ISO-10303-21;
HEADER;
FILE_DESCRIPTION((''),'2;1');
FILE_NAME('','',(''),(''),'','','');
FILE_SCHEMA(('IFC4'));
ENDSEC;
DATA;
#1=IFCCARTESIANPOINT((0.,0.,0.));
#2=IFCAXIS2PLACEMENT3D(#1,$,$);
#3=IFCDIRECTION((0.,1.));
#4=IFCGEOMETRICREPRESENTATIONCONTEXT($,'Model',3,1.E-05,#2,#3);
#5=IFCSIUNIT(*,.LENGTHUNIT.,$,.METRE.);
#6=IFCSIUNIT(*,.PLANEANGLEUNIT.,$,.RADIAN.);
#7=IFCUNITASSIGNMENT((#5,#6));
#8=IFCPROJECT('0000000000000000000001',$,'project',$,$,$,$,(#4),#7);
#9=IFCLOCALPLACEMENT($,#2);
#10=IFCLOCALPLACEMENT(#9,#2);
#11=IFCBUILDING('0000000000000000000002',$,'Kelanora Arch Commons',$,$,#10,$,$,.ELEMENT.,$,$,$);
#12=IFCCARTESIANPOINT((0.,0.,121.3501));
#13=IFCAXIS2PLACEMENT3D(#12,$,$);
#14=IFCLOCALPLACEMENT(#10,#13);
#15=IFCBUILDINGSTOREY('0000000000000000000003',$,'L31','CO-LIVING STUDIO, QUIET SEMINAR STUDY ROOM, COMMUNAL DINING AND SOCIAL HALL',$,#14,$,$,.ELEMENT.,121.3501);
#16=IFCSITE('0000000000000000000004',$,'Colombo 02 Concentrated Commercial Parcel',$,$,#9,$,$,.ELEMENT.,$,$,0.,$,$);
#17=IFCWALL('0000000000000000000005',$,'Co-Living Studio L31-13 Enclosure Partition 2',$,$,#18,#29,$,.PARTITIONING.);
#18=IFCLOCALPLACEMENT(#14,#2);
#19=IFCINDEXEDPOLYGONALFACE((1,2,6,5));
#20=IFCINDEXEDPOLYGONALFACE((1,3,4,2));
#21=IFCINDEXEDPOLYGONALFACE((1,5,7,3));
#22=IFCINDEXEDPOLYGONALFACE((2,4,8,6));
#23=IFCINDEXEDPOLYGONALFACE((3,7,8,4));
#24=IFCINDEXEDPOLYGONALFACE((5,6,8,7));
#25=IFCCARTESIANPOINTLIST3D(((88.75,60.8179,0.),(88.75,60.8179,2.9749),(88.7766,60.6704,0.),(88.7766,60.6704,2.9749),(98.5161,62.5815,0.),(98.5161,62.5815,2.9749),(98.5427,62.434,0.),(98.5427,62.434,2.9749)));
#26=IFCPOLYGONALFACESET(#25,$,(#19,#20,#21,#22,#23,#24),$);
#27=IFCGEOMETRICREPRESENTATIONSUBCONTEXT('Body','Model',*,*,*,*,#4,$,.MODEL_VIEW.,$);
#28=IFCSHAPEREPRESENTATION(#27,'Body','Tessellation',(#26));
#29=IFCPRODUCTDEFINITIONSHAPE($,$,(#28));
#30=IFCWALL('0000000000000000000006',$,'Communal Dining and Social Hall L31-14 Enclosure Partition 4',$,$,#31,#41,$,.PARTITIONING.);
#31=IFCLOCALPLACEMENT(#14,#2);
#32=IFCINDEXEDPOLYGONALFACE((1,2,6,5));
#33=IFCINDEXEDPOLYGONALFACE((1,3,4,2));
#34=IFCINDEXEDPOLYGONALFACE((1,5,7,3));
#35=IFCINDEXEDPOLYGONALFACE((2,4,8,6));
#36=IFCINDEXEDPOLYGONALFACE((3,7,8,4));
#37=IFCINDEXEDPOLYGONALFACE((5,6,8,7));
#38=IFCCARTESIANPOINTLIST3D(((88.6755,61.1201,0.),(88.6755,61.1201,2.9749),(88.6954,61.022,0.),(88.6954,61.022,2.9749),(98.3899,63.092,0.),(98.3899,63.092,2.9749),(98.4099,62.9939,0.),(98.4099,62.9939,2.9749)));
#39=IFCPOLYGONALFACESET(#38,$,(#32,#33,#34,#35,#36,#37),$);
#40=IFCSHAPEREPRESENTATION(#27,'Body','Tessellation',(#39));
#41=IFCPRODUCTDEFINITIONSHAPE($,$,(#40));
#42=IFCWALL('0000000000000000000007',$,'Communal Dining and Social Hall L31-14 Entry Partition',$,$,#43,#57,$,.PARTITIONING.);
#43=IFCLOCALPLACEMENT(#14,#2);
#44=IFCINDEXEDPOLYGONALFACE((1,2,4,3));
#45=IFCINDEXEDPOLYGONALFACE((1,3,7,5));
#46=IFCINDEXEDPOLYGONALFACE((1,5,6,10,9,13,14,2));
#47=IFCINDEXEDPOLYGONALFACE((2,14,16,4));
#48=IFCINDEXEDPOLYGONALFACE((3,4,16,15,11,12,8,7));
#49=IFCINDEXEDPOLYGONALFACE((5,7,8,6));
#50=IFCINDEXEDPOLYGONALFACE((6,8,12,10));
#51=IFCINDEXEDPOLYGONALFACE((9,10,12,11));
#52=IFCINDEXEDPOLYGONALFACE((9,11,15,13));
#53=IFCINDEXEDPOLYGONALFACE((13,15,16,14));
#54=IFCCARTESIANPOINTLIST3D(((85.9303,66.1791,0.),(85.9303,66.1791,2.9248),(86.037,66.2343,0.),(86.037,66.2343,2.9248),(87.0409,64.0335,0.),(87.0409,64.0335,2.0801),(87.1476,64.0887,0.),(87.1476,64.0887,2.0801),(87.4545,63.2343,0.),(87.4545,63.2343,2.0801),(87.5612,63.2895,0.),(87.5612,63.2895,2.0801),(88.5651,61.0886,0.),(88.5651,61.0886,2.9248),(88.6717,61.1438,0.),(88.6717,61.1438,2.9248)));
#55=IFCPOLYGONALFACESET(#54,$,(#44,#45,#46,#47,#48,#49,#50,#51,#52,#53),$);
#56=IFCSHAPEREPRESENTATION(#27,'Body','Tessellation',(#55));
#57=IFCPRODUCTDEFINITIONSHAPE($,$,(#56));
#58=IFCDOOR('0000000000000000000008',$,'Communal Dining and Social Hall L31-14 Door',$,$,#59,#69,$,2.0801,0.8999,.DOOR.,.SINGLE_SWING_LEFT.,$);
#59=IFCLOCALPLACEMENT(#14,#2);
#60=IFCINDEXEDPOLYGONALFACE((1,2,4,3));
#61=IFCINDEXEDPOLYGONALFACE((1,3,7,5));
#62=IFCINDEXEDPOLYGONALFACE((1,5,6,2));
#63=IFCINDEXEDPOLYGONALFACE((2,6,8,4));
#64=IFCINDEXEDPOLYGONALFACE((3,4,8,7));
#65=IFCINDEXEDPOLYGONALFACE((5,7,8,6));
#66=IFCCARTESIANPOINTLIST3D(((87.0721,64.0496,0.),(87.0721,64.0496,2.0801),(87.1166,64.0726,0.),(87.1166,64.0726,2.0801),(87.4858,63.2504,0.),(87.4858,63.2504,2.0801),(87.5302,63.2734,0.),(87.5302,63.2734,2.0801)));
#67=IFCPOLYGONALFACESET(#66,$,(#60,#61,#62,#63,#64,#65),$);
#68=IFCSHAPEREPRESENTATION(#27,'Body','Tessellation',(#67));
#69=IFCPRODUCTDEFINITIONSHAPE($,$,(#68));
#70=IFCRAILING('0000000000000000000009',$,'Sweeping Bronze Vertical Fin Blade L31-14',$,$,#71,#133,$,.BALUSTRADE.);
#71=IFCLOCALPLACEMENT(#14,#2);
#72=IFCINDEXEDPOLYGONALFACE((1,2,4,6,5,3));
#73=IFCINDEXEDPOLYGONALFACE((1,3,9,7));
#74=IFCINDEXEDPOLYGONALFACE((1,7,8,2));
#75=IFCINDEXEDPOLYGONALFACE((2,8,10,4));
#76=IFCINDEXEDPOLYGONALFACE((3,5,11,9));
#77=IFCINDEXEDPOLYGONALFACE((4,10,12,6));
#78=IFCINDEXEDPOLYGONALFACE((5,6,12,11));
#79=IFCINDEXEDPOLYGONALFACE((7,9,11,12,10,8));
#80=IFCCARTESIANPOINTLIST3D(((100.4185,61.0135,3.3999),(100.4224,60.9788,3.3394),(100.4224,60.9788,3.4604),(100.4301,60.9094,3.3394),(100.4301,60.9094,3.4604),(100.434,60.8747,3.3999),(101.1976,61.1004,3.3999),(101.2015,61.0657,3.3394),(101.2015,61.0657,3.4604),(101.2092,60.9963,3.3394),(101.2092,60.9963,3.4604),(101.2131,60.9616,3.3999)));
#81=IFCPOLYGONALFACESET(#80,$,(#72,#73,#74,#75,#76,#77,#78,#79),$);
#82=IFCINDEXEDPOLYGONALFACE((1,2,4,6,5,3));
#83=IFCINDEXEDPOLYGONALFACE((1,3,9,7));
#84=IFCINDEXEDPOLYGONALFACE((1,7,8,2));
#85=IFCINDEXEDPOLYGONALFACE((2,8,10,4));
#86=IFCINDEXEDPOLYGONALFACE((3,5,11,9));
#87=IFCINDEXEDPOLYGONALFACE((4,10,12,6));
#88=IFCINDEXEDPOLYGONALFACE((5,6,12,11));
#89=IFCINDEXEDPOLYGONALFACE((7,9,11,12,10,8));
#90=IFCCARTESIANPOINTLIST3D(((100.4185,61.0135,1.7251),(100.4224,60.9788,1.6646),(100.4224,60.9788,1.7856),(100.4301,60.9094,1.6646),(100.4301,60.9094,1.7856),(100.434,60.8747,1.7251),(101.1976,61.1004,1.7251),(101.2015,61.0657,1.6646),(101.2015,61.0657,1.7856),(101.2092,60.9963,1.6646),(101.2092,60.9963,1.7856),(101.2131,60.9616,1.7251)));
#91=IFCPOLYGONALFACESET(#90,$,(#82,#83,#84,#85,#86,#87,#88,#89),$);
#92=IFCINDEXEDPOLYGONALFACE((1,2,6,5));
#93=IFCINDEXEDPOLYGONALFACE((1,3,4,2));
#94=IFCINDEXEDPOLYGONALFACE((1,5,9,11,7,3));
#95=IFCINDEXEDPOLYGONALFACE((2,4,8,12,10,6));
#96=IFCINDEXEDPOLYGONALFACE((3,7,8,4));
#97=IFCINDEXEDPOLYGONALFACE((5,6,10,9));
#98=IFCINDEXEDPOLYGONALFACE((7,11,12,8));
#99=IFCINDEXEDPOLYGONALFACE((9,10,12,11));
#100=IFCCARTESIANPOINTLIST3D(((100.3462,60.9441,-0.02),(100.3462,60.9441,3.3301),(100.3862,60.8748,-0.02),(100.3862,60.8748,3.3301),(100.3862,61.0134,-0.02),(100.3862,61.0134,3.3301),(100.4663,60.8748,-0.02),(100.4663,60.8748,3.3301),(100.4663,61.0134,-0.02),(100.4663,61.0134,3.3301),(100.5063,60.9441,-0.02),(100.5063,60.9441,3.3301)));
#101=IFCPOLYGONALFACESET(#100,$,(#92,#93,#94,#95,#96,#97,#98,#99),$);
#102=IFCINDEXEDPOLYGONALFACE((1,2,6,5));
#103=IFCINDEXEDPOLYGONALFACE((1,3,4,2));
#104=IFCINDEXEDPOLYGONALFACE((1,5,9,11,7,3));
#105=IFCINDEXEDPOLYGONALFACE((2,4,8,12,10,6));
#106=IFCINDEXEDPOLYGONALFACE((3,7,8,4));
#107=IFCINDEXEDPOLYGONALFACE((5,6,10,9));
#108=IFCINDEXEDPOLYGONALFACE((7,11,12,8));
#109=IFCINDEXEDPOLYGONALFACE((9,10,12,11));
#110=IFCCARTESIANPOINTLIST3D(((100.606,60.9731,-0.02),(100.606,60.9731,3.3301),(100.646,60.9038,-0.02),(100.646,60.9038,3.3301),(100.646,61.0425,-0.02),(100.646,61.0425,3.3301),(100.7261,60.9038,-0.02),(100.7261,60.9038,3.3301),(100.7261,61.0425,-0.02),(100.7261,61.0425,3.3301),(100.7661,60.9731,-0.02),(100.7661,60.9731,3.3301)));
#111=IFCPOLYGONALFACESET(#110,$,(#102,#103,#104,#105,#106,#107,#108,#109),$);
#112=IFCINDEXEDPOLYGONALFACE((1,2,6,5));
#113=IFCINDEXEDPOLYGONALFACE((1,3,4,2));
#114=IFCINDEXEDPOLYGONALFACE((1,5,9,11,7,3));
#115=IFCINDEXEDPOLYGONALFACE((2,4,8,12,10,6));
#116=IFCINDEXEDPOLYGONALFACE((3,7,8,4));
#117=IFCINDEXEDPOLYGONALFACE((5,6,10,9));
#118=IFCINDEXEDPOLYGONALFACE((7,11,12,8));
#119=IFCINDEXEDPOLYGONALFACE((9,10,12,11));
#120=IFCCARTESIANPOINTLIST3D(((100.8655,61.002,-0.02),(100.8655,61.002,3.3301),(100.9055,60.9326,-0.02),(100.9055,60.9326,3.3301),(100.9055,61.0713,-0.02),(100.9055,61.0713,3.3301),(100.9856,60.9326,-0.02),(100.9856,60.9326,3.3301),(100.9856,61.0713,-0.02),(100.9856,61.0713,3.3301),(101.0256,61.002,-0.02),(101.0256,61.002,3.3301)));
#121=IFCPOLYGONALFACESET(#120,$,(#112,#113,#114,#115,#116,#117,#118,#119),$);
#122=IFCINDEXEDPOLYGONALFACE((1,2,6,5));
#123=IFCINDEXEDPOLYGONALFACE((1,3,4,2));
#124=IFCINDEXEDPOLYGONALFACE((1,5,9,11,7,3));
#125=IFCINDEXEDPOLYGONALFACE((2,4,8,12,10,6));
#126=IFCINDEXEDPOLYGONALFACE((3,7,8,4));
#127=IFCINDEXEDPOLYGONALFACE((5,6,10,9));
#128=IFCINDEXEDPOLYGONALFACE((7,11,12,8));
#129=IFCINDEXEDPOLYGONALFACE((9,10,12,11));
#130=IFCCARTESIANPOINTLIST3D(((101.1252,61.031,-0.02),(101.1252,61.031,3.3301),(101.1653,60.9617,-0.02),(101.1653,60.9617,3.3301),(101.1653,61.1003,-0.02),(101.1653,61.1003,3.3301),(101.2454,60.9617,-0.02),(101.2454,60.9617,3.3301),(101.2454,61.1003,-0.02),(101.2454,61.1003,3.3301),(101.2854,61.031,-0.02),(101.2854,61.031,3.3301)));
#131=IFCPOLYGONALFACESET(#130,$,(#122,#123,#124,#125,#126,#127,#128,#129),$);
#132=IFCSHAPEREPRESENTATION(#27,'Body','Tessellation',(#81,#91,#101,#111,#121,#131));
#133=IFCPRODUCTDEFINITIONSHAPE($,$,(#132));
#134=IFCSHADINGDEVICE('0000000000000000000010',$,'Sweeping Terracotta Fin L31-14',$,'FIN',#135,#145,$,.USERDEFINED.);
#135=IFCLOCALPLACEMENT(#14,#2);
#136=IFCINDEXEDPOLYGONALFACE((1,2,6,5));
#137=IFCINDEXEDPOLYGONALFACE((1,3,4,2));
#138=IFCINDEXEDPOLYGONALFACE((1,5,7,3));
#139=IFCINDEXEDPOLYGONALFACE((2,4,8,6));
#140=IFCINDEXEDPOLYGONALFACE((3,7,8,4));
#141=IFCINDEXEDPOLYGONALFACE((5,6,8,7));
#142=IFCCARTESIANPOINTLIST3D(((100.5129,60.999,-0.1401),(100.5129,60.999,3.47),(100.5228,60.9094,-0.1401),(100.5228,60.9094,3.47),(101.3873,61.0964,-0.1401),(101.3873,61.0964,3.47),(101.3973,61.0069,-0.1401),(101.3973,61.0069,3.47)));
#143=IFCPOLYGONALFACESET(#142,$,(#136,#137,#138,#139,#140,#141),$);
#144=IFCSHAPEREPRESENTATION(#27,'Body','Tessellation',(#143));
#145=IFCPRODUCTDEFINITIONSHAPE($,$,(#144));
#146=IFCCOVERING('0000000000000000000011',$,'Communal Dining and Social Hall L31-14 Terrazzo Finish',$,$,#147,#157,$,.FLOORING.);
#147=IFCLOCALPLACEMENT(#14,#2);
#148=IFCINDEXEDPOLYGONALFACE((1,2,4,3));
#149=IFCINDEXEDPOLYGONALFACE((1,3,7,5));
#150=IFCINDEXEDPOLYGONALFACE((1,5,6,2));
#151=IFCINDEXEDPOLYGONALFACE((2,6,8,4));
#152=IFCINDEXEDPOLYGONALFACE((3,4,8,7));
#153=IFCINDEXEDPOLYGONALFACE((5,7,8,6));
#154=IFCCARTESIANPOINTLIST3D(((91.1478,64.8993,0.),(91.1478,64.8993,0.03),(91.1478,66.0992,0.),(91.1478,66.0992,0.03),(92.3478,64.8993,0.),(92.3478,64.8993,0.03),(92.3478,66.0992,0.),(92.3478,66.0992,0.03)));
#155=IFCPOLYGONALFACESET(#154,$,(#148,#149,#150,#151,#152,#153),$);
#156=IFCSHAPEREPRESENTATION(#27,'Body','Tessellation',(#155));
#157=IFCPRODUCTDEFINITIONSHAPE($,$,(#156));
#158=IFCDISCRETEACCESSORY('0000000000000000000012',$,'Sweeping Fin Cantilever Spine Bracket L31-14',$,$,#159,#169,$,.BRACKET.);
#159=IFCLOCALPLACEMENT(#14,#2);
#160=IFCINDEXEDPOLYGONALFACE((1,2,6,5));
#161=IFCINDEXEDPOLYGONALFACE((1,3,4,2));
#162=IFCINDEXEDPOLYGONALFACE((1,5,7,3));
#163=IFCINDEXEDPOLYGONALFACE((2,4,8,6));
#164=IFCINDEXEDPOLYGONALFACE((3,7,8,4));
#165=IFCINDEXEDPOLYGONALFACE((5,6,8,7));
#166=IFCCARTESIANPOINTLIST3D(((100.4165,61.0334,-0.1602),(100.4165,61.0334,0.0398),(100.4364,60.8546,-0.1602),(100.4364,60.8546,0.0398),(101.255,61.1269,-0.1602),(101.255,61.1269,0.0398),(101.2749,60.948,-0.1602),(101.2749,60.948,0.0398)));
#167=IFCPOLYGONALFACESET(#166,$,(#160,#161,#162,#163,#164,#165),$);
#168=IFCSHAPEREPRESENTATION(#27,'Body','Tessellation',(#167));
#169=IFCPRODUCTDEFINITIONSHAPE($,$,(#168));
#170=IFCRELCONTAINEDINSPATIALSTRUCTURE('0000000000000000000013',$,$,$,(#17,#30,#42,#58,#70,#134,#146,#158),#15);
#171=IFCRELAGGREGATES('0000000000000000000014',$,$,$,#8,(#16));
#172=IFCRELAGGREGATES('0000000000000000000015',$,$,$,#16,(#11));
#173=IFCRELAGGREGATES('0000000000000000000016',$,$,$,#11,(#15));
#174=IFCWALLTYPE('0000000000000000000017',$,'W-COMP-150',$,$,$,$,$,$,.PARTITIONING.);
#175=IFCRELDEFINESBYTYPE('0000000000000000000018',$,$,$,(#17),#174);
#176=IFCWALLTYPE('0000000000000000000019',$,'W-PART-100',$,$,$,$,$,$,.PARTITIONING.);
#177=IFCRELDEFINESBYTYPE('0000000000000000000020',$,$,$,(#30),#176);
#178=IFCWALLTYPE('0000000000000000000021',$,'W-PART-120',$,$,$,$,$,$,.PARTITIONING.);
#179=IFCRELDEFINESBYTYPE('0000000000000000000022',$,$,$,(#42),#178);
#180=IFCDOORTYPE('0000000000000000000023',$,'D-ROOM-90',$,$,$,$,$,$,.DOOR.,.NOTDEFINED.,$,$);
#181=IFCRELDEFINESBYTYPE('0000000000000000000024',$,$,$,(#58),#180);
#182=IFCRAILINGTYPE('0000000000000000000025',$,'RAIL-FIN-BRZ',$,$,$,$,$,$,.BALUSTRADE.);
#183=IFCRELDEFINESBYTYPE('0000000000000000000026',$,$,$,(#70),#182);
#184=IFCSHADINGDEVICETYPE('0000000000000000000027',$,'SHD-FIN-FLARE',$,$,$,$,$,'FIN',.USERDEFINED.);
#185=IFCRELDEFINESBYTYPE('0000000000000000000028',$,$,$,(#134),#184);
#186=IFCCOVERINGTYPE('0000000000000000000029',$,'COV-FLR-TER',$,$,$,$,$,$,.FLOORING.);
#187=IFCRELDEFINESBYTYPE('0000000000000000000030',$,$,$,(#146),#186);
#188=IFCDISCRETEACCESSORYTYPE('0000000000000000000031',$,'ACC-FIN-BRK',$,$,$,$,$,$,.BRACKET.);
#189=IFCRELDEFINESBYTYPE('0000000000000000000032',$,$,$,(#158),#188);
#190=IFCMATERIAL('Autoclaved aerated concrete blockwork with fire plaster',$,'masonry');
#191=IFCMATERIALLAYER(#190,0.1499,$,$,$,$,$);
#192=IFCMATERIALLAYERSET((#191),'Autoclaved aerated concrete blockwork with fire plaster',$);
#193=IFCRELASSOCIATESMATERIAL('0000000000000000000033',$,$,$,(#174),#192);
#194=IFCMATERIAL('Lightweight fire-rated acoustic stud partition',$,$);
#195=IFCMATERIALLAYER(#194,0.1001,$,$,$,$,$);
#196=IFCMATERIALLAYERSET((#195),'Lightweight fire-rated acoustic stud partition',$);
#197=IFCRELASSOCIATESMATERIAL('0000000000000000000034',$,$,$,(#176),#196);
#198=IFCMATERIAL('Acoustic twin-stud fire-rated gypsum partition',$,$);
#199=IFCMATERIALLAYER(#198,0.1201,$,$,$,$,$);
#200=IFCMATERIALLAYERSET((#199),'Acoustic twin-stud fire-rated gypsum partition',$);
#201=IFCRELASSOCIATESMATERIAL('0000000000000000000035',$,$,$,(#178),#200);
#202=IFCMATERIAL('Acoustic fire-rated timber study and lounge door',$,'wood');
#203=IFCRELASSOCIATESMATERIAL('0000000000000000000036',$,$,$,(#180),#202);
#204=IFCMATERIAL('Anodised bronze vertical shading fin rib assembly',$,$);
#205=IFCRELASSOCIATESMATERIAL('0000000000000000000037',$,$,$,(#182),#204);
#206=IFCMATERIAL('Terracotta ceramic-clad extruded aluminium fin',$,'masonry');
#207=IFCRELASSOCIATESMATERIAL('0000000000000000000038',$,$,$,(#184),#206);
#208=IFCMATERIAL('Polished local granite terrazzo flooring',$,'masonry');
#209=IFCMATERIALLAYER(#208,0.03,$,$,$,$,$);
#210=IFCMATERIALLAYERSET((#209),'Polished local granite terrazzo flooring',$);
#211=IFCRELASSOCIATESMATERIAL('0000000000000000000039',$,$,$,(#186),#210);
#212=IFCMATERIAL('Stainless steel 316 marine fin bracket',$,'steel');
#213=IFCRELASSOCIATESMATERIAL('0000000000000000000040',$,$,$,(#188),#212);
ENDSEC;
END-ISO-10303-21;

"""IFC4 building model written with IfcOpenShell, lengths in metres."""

from ifc_helpers import new_model, si_unit, direction, frame, frame_2d, origin, origin_2d, place, context, subcontext, project, spatial, polyline, rectangle, outline, extrude, source, transform, mapped, material, layer, layer_set, type_object, element, fill, save


model = new_model("IFC4")

# Units and contexts
model_context = context("Model", 3, precision=1e-05, world=origin(), true_north=direction((0.0, 1.0)))
body_context = subcontext(model_context, "Body", "Model", "MODEL_VIEW")
ifc_project = project(units=[si_unit("LENGTHUNIT", "METRE"), si_unit("PLANEANGLEUNIT", "RADIAN")], contexts=[model_context])

# Site, building, storey
site_placement = place(None, origin())
site = spatial("IfcSite", under=ifc_project, at=site_placement, Name="Colombo 02 Concentrated Commercial Parcel", CompositionType="ELEMENT", RefElevation=0.0)
building_placement = place(site_placement, origin())
building = spatial("IfcBuilding", under=site, at=building_placement, Name="Kelanora Arch Commons", CompositionType="ELEMENT")
storey_placement = place(building_placement, frame((0.0, 0.0, 121.3501)))
storey = spatial("IfcBuildingStorey", under=building, at=storey_placement, Name="L31", Description="CO-LIVING STUDIO, QUIET SEMINAR STUDY ROOM, COMMUNAL DINING AND SOCIAL HALL", CompositionType="ELEMENT", Elevation=121.3501)

# Walls
ifc_material_1 = material(Name="Autoclaved aerated concrete blockwork with fire plaster", Category="masonry")
ifc_layer_1 = layer(ifc_material_1, 0.1499)
ifc_layer_set_1 = layer_set([ifc_layer_1], Name="Autoclaved aerated concrete blockwork with fire plaster")
wall_type_1 = type_object("IfcWallType", Name="W-COMP-150", PredefinedType="PARTITIONING", material=ifc_layer_set_1)
wall_1_placement = place(storey_placement, frame((88.7634, 60.7441, 0.0), z_axis=(0.0, 0.0, 1.0), x_axis=(0.984082, 0.177716, 0.0)))
element("IfcWall", 1, at=wall_1_placement, inside=storey, type_object=wall_type_1, Name="Co-Living Studio L31-13 Enclosure Partition 2", PredefinedType="PARTITIONING", context=body_context, shape_type="SweptSolid", body=[
    extrude(rectangle(XDim=9.9241, YDim=0.1499, at=frame_2d((4.9619, 0.0))), origin(), (0.0, 0.0, 1.0), 2.9749),
])
ifc_material_2 = material(Name="Lightweight fire-rated acoustic stud partition")
ifc_layer_2 = layer(ifc_material_2, 0.1001)
ifc_layer_set_2 = layer_set([ifc_layer_2], Name="Lightweight fire-rated acoustic stud partition")
wall_type_2 = type_object("IfcWallType", Name="W-PART-100", PredefinedType="PARTITIONING", material=ifc_layer_set_2)
wall_2_placement = place(storey_placement, frame((98.3999, 63.043, 0.0), z_axis=(0.0, 0.0, 1.0), x_axis=(-0.980014, -0.198929, 0.0)))
element("IfcWall", 2, at=wall_2_placement, inside=storey, type_object=wall_type_2, Name="Communal Dining and Social Hall L31-14 Enclosure Partition 4", PredefinedType="PARTITIONING", context=body_context, shape_type="SweptSolid", body=[
    extrude(rectangle(XDim=9.9126, YDim=0.1001, at=frame_2d((4.9563, 0.0))), origin(), (0.0, 0.0, 1.0), 2.9749),
])

# Wall, opening, door
ifc_material_3 = material(Name="Acoustic twin-stud fire-rated gypsum partition")
ifc_layer_3 = layer(ifc_material_3, 0.1201)
ifc_layer_set_3 = layer_set([ifc_layer_3], Name="Acoustic twin-stud fire-rated gypsum partition")
wall_type_3 = type_object("IfcWallType", Name="W-PART-120", PredefinedType="PARTITIONING", material=ifc_layer_set_3)
wall_3_placement = place(storey_placement, frame((88.6184, 61.1162, 0.0), z_axis=(0.0, 0.0, 1.0), x_axis=(-0.459658, 0.888096, 0.0)))
wall_3 = element("IfcWall", 3, at=wall_3_placement, inside=storey, type_object=wall_type_3, Name="Communal Dining and Social Hall L31-14 Entry Partition", PredefinedType="PARTITIONING", context=body_context, shape_type="SweptSolid", body=[
    extrude(rectangle(XDim=5.7319, YDim=0.1201, at=frame_2d((2.866, 0.0))), origin(), (0.0, 0.0, 1.0), 2.9248),
])
opening_placement = place(wall_3_placement, frame((2.416, 0.0, 0.0)))
opening = element("IfcOpeningElement", 4, at=opening_placement, cuts=wall_3, PredefinedType="OPENING", context=body_context, shape_type="SweptSolid", body=[
    extrude(rectangle(XDim=0.8999, YDim=2.0801, at=frame_2d((0.45, 1.04))), frame((0.0, 0.0701, 0.0), z_axis=(0.0, -1.0, 0.0), x_axis=(1.0, 0.0, 0.0)), (0.0, 0.0, 1.0), 0.1401),
])
ifc_material_4 = material(Name="Acoustic fire-rated timber study and lounge door", Category="wood")
door_type = type_object("IfcDoorType", Name="D-ROOM-90", OperationType="NOTDEFINED", PredefinedType="DOOR", material=ifc_material_4)
door_placement = place(opening_placement, origin())
door = element("IfcDoor", 5, at=door_placement, inside=storey, type_object=door_type, Name="Communal Dining and Social Hall L31-14 Door", OperationType="SINGLE_SWING_LEFT", OverallHeight=2.0801, OverallWidth=0.8999, PredefinedType="DOOR", context=body_context, shape_type="SweptSolid", body=[
    extrude(rectangle(XDim=0.8999, YDim=2.0801, at=frame_2d((0.45, 1.04))), frame((0.0, 0.0249, 0.0), z_axis=(0.0, -1.0, 0.0), x_axis=(1.0, 0.0, 0.0)), (0.0, 0.0, 1.0), 0.05),
])
fill(opening, door)

# Railing
ifc_material_5 = material(Name="Anodised bronze vertical shading fin rib assembly")
railing_type_1 = type_object("IfcRailingType", Name="RAIL-FIN-BRZ", PredefinedType="BALUSTRADE", material=ifc_material_5)
railing_1_placement = place(storey_placement, frame((100.4263, 60.9441, -0.02)))
element("IfcRailing", 6, at=railing_1_placement, inside=storey, type_object=railing_type_1, Name="Sweeping Bronze Vertical Fin Blade L31-14", PredefinedType="BALUSTRADE", context=body_context, shape_type="SweptSolid", body=[
    extrude(outline(polyline([(0.0698, 0.0), (0.0349, 0.0605), (-0.0349, 0.0605), (-0.0698, 0.0), (-0.0349, -0.0605), (0.0349, -0.0605), (0.0698, 0.0)])), frame((0.0, 0.0, 3.4199), z_axis=(0.993834, 0.110876, 0.0), x_axis=(-0.110876, 0.993834, 0.0)), (0.0, 0.0, 1.0), 0.7839),
    extrude(outline(polyline([(0.0698, 0.0), (0.0349, 0.0605), (-0.0349, 0.0605), (-0.0698, 0.0), (-0.0349, -0.0605), (0.0349, -0.0605), (0.0698, 0.0)])), frame((0.0, 0.0, 1.7451), z_axis=(0.993834, 0.110876, 0.0), x_axis=(-0.110876, 0.993834, 0.0)), (0.0, 0.0, 1.0), 0.7839),
    extrude(outline(polyline([(0.0801, 0.0), (0.04, 0.0693), (-0.04, 0.0693), (-0.0801, 0.0), (-0.04, -0.0693), (0.04, -0.0693), (0.0801, 0.0)])), origin(), (0.0, 0.0, 1.0), 3.3501),
    extrude(outline(polyline([(0.0801, 0.0), (0.04, 0.0693), (-0.04, 0.0693), (-0.0801, 0.0), (-0.04, -0.0693), (0.04, -0.0693), (0.0801, 0.0)])), frame((0.2598, 0.0291, 0.0)), (0.0, 0.0, 1.0), 3.3501),
    extrude(outline(polyline([(0.0801, 0.0), (0.04, 0.0693), (-0.04, 0.0693), (-0.0801, 0.0), (-0.04, -0.0693), (0.04, -0.0693), (0.0801, 0.0)])), frame((0.5193, 0.0579, 0.0)), (0.0, 0.0, 1.0), 3.3501),
    extrude(outline(polyline([(0.0801, 0.0), (0.04, 0.0693), (-0.04, 0.0693), (-0.0801, 0.0), (-0.04, -0.0693), (0.04, -0.0693), (0.0801, 0.0)])), frame((0.7791, 0.0869, 0.0)), (0.0, 0.0, 1.0), 3.3501),
])

# Shading device
ifc_material_6 = material(Name="Terracotta ceramic-clad extruded aluminium fin", Category="masonry")
shading_device_type = type_object("IfcShadingDeviceType", Name="SHD-FIN-FLARE", ElementType="FIN", PredefinedType="USERDEFINED", material=ifc_material_6)
shared_shape_1 = source(origin(), body_context, "Body", "SweptSolid", [
    extrude(rectangle(XDim=0.8799, YDim=0.0901, at=origin_2d()), origin(), (0.0, 0.0, 1.0), 3.6101),
])
shading_device_placement = place(storey_placement, frame((100.9551, 61.0029, -0.1401), z_axis=(0.0, 0.0, 1.0), x_axis=(0.993845, 0.110775, 0.0)))
element("IfcShadingDevice", 7, at=shading_device_placement, inside=storey, type_object=shading_device_type, Name="Sweeping Terracotta Fin L31-14", ObjectType="FIN", PredefinedType="USERDEFINED", context=body_context, shape_type="MappedRepresentation", body=[
    mapped(shared_shape_1, transform((0.0, 0.0, 0.0), scale=1.0)),
])

# Covering
ifc_material_7 = material(Name="Polished local granite terrazzo flooring", Category="masonry")
ifc_layer_4 = layer(ifc_material_7, 0.03)
ifc_layer_set_4 = layer_set([ifc_layer_4], Name="Polished local granite terrazzo flooring")
covering_type = type_object("IfcCoveringType", Name="COV-FLR-TER", PredefinedType="FLOORING", material=ifc_layer_set_4)
shared_shape_2 = source(origin(), body_context, "Body", "SweptSolid", [
    extrude(rectangle(XDim=1.2, YDim=1.2, at=origin_2d()), origin(), (0.0, 0.0, 1.0), 0.03),
])
covering_placement = place(storey_placement, frame((91.7478, 65.4993, 0.0), z_axis=(0.0, 0.0, 1.0), x_axis=(1.0, 0.0, 0.0)))
element("IfcCovering", 8, at=covering_placement, inside=storey, type_object=covering_type, Name="Communal Dining and Social Hall L31-14 Terrazzo Finish", PredefinedType="FLOORING", context=body_context, shape_type="MappedRepresentation", body=[
    mapped(shared_shape_2, transform((0.0, 0.0, 0.0), scale=1.0)),
])

# Discrete accessory
ifc_material_8 = material(Name="Stainless steel 316 marine fin bracket", Category="steel")
discrete_accessory_type = type_object("IfcDiscreteAccessoryType", Name="ACC-FIN-BRK", PredefinedType="BRACKET", material=ifc_material_8)
shared_shape_3 = source(origin(), body_context, "Body", "SweptSolid", [
    extrude(rectangle(XDim=0.8438, YDim=0.1799, at=origin_2d()), origin(), (0.0, 0.0, 1.0), 0.2),
])
discrete_accessory_placement = place(storey_placement, frame((100.8457, 60.9907, -0.1602), z_axis=(0.0, 0.0, 1.0), x_axis=(0.993845, 0.110775, 0.0)))
element("IfcDiscreteAccessory", 9, at=discrete_accessory_placement, inside=storey, type_object=discrete_accessory_type, Name="Sweeping Fin Cantilever Spine Bracket L31-14", PredefinedType="BRACKET", context=body_context, shape_type="MappedRepresentation", body=[
    mapped(shared_shape_3, transform((0.0, 0.0, 0.0), scale=1.0)),
])

save(model, "model.ifc")
